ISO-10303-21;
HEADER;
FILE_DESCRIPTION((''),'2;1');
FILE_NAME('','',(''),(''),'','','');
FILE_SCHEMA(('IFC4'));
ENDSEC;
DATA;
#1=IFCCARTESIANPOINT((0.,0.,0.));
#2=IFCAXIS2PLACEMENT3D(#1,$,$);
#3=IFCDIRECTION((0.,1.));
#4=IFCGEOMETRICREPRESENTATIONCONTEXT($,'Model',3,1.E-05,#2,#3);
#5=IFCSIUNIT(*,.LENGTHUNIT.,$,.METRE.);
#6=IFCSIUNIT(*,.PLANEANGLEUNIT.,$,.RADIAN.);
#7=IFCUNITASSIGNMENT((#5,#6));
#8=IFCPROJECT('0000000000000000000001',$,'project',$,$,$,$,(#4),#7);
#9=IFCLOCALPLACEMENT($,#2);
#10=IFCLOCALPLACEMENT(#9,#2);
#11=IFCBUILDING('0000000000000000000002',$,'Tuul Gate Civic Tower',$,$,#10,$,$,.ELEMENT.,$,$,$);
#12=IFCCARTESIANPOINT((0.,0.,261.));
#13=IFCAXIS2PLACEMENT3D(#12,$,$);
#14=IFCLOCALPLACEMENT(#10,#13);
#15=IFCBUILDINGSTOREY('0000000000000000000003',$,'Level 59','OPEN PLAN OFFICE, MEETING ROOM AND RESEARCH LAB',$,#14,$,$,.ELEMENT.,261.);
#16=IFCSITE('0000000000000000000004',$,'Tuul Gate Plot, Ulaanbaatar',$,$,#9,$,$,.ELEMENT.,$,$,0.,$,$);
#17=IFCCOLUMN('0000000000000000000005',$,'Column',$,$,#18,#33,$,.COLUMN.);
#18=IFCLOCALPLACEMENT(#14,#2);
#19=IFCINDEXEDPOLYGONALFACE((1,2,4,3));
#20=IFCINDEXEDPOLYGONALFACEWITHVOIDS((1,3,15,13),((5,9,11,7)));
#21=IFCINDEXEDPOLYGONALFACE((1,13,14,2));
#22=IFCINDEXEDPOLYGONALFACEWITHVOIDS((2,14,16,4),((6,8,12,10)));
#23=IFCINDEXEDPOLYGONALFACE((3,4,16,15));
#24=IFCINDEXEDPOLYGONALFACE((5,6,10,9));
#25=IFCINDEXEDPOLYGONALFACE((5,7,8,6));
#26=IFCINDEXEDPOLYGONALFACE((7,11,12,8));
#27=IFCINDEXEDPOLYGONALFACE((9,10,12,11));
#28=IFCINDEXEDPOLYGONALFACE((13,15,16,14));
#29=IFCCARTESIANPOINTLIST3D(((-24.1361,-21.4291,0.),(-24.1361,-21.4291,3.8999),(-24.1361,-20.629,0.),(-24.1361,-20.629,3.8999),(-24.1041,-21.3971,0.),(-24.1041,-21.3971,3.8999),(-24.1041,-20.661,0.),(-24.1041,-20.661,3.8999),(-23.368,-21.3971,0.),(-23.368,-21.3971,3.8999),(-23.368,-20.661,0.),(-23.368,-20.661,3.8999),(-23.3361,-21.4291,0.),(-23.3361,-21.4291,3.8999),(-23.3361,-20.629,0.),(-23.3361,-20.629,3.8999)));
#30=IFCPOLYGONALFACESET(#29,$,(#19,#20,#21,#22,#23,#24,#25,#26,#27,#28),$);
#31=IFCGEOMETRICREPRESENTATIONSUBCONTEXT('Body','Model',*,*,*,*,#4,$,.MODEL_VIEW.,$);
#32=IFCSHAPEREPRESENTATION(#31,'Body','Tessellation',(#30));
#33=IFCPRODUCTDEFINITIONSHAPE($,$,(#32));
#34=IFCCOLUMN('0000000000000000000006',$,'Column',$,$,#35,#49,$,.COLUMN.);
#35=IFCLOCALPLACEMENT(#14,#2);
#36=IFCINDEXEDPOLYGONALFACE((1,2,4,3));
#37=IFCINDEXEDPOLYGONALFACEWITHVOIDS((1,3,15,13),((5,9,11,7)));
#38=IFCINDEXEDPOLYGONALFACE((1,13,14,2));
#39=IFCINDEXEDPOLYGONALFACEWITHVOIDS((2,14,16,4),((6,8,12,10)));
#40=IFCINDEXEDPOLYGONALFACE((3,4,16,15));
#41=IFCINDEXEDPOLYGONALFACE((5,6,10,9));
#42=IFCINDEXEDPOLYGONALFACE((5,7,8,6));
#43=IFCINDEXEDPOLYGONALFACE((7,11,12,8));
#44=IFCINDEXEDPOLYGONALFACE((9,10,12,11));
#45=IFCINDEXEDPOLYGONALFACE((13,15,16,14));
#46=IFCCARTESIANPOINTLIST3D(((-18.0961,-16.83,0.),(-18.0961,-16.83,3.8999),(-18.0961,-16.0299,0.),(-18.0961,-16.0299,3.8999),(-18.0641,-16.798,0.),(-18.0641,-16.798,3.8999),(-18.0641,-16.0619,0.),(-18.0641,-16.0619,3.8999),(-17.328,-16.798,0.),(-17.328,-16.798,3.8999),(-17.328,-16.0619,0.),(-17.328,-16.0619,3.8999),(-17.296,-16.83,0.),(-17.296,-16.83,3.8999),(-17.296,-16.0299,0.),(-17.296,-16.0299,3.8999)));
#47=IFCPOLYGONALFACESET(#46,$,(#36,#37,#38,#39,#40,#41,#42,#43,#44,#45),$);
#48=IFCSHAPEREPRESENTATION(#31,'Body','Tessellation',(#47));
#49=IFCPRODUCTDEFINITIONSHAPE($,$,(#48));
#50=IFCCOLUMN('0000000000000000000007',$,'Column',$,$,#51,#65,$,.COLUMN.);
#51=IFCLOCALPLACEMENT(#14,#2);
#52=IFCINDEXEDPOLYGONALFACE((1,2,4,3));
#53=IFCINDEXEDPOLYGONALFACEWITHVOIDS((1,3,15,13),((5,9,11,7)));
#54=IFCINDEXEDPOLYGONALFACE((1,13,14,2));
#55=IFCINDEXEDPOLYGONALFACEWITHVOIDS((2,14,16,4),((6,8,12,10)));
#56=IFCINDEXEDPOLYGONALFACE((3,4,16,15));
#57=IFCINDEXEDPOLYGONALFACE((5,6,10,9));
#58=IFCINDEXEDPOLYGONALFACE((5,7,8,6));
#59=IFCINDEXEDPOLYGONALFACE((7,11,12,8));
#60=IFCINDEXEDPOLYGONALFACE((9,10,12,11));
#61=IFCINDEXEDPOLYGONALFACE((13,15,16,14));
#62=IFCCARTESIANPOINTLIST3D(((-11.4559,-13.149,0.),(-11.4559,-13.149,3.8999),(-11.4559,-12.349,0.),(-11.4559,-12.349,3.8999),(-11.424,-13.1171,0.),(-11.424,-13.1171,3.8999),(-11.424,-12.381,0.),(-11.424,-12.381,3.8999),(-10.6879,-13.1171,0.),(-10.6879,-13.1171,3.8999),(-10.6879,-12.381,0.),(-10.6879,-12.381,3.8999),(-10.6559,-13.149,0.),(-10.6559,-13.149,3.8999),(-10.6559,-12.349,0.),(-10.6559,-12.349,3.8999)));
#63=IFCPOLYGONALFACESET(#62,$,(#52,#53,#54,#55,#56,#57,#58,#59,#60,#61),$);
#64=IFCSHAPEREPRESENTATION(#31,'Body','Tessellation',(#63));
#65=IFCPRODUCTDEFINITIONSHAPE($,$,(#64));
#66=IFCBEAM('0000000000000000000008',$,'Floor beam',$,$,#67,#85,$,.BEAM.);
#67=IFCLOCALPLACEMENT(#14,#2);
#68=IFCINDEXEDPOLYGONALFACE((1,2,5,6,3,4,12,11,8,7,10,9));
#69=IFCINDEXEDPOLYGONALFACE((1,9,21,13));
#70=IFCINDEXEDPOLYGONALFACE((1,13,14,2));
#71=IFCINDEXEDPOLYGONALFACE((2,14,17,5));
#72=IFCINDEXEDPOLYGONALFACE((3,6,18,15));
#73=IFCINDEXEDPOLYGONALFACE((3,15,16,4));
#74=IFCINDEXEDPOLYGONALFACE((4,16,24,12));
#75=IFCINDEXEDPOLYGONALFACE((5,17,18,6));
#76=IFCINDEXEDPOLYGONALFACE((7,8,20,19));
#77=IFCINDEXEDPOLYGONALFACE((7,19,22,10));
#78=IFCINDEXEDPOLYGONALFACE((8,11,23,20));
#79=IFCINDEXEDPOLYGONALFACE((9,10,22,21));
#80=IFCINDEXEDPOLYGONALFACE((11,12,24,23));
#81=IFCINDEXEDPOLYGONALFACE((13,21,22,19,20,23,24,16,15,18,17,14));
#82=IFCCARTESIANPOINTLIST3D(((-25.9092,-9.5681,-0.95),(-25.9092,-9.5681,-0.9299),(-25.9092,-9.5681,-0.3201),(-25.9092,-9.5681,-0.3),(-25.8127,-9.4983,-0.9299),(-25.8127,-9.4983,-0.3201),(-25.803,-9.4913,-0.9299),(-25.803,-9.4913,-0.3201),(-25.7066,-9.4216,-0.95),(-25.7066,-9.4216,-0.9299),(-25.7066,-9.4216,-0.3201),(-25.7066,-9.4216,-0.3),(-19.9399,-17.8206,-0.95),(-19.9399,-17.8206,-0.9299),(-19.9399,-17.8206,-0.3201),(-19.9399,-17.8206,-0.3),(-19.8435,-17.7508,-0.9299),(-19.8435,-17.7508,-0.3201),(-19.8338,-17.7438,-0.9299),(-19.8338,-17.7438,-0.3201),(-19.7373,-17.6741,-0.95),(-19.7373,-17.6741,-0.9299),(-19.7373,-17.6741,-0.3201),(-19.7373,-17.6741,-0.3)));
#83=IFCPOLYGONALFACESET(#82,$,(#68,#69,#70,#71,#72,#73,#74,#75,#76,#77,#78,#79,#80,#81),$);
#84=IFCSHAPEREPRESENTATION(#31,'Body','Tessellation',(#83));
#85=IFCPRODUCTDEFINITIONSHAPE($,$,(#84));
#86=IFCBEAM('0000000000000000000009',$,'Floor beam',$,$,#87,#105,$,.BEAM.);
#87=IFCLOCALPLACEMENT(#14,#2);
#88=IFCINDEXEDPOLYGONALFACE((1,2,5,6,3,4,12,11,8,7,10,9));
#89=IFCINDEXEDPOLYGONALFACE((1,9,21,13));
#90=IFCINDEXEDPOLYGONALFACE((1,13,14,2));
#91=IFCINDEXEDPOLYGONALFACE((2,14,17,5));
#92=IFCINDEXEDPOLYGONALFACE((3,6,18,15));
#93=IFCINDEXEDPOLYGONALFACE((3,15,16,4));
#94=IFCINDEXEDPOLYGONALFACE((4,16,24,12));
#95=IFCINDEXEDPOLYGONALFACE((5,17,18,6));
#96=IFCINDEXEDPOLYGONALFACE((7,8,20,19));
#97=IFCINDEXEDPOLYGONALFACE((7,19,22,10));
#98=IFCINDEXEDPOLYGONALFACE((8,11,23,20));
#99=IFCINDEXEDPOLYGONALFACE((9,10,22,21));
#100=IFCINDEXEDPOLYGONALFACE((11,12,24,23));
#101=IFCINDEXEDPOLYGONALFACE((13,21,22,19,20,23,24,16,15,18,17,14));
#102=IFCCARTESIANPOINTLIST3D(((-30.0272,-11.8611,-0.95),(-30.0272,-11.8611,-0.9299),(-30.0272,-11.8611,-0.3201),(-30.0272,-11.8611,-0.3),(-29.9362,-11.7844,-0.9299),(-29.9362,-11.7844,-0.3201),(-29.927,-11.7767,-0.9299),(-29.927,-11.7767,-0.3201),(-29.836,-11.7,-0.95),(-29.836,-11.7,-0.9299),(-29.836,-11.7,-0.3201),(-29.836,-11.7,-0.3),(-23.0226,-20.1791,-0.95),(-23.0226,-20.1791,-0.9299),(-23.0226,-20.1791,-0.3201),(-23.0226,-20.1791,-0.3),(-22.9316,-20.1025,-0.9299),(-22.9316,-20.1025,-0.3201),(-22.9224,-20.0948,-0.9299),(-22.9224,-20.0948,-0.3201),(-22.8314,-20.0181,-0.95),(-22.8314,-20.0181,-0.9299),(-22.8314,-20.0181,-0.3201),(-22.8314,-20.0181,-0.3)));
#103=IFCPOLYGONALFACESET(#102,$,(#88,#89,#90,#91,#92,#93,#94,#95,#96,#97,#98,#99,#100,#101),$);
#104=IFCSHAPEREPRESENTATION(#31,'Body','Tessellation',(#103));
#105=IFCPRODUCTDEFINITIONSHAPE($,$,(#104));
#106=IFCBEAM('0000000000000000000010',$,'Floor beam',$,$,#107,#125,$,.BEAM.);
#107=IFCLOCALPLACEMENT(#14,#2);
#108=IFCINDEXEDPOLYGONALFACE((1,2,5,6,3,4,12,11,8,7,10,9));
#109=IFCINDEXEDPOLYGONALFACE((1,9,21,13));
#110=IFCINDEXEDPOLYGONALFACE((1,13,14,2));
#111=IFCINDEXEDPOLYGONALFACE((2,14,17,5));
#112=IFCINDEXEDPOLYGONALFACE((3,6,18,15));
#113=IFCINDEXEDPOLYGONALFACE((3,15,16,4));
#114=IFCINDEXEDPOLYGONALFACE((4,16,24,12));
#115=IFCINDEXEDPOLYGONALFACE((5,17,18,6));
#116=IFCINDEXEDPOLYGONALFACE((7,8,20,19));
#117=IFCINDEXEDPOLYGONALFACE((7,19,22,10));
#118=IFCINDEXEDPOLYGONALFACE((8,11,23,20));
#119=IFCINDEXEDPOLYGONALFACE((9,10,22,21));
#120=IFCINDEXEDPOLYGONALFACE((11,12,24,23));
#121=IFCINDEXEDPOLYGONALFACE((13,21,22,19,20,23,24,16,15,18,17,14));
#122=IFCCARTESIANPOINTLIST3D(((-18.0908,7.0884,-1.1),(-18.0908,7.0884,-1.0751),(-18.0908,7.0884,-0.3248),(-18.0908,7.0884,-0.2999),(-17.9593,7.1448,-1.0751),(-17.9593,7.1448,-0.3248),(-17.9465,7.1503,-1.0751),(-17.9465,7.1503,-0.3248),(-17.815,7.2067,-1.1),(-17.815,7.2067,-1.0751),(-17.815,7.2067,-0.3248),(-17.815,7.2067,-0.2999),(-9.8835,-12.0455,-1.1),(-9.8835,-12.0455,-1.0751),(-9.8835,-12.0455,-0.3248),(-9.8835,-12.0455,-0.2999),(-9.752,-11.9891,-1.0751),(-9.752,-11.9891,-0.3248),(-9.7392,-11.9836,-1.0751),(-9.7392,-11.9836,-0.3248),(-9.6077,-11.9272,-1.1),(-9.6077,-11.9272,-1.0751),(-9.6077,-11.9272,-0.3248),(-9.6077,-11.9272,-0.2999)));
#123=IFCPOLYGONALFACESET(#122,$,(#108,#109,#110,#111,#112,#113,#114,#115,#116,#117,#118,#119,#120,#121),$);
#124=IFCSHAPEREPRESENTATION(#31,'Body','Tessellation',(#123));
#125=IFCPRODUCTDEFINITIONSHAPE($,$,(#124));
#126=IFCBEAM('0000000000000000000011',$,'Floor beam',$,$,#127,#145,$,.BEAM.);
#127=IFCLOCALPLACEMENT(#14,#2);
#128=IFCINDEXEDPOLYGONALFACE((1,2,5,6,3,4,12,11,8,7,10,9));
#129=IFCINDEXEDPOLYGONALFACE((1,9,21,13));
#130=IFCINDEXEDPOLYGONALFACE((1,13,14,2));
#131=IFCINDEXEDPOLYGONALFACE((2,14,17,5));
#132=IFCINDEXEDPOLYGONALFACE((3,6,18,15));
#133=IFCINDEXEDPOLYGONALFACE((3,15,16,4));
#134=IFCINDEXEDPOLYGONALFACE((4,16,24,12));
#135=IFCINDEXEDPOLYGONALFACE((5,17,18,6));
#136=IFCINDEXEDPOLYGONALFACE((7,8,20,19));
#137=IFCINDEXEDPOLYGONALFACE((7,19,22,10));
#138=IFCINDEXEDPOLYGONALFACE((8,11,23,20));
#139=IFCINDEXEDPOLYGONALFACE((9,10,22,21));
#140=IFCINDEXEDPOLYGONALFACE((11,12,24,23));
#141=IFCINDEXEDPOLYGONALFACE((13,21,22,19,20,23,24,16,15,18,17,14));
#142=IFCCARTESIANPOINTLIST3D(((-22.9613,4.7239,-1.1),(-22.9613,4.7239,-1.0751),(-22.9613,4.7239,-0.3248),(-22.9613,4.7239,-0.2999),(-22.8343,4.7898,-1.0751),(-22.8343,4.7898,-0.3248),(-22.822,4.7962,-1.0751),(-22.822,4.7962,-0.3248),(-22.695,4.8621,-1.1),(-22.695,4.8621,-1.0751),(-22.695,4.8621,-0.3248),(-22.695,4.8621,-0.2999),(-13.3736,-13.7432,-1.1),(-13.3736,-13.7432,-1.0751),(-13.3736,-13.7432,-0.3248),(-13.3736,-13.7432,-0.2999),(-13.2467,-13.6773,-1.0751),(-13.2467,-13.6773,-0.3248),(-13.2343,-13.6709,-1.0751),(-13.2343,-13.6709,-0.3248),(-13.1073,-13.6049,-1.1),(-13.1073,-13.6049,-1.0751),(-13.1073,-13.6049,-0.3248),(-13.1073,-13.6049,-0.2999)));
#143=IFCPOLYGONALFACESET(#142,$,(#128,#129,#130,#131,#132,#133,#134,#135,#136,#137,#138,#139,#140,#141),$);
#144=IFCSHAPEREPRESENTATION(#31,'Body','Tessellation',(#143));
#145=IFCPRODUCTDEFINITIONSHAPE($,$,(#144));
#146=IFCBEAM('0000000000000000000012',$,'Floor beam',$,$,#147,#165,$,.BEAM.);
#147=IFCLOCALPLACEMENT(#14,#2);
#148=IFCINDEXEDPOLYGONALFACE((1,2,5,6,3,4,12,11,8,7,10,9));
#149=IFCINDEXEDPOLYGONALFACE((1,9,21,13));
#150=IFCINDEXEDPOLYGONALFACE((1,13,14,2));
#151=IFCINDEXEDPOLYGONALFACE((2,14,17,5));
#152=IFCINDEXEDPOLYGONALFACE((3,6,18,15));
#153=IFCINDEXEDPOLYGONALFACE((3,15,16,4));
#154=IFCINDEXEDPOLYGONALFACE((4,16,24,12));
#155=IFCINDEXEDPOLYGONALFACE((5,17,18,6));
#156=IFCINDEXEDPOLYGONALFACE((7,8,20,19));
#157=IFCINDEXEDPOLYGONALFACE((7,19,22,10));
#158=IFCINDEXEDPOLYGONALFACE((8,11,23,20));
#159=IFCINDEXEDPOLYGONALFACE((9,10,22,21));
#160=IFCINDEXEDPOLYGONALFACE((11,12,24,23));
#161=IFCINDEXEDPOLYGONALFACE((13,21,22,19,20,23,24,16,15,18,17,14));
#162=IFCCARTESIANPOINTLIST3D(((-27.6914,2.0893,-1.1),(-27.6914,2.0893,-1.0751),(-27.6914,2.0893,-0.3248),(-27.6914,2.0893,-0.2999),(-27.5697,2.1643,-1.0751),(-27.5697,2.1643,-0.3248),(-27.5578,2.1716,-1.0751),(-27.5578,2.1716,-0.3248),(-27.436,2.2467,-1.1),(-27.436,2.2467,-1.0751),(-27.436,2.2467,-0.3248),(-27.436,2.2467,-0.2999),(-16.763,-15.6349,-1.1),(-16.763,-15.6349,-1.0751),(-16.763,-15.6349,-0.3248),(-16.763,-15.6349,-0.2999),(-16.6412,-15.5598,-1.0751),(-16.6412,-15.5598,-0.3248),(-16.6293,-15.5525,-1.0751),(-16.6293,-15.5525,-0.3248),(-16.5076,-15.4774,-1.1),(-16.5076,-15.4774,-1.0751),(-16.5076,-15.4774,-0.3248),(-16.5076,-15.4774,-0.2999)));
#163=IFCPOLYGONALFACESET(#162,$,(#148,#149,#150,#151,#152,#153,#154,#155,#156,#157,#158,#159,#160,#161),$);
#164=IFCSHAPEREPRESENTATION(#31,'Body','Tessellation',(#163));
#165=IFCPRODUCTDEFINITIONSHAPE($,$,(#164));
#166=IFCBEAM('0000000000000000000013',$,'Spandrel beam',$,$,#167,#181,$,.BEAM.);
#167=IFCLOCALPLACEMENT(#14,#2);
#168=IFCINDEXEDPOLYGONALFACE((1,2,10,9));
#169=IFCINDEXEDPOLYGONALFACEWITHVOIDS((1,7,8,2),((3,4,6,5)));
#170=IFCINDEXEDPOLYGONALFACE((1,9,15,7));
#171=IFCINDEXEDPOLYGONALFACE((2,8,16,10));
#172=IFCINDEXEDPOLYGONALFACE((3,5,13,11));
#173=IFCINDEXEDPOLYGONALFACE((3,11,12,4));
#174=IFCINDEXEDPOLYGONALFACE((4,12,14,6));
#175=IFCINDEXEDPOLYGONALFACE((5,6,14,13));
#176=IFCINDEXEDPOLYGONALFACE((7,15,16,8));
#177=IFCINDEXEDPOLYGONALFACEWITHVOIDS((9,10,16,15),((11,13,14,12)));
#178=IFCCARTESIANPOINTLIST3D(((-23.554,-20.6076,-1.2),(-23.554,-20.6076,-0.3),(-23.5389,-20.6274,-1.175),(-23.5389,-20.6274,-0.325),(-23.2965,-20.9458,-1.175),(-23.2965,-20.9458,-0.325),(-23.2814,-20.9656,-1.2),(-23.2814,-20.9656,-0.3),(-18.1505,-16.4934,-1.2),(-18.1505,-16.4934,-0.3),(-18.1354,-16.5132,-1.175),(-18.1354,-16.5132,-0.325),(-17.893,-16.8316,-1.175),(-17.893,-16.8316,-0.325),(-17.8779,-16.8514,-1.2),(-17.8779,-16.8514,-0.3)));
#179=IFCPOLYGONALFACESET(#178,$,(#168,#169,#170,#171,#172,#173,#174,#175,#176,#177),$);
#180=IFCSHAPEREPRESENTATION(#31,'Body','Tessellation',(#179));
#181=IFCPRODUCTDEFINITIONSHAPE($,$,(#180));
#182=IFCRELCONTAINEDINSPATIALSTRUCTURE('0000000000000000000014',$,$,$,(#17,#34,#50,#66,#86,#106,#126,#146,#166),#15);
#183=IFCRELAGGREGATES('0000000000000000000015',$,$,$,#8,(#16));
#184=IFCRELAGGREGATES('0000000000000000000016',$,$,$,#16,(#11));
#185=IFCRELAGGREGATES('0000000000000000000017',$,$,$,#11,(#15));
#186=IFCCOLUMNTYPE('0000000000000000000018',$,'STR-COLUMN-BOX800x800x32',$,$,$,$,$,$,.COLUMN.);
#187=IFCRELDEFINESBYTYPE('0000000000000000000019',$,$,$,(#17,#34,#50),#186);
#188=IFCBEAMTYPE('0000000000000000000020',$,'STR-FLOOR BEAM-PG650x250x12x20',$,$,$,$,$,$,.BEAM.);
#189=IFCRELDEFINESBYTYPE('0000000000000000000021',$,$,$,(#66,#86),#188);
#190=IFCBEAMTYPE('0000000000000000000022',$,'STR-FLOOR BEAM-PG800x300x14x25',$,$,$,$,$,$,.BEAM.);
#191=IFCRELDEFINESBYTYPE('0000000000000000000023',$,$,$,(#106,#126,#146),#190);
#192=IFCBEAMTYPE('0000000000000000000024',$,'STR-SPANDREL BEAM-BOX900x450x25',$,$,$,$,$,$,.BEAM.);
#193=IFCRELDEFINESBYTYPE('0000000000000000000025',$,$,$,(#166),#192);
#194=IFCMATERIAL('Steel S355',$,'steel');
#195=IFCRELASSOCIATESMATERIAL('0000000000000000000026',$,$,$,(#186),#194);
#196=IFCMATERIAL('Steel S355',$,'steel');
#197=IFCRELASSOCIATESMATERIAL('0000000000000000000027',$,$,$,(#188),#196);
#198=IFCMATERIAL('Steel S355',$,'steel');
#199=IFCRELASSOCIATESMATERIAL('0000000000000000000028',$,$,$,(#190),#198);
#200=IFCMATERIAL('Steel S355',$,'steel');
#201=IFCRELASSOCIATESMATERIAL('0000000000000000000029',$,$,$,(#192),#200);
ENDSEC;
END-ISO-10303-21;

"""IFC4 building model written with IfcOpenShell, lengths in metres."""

from ifc_helpers import new_model, si_unit, direction, frame, origin, origin_2d, place, context, subcontext, project, spatial, hollow_rectangle, i_section, extrude, material, material_profile, profile_set, type_object, element, save


model = new_model("IFC4")

# Units and contexts
model_context = context("Model", 3, precision=1e-05, world=origin(), true_north=direction((0.0, 1.0)))
body_context = subcontext(model_context, "Body", "Model", "MODEL_VIEW")
ifc_project = project(units=[si_unit("LENGTHUNIT", "METRE"), si_unit("PLANEANGLEUNIT", "RADIAN")], contexts=[model_context])

# Site, building, storey
site_placement = place(None, origin())
site = spatial("IfcSite", under=ifc_project, at=site_placement, Name="Tuul Gate Plot, Ulaanbaatar", CompositionType="ELEMENT", RefElevation=0.0)
building_placement = place(site_placement, origin())
building = spatial("IfcBuilding", under=site, at=building_placement, Name="Tuul Gate Civic Tower", CompositionType="ELEMENT")
storey_placement = place(building_placement, frame((0.0, 0.0, 261.0)))
storey = spatial("IfcBuildingStorey", under=building, at=storey_placement, Name="Level 59", Description="OPEN PLAN OFFICE, MEETING ROOM AND RESEARCH LAB", CompositionType="ELEMENT", Elevation=261.0)

# Columns
ifc_material_1 = material(Name="Steel S355", Category="steel")
ifc_material_profile_1 = material_profile(ifc_material_1, hollow_rectangle(XDim=0.8, YDim=0.8, WallThickness=0.032, at=origin_2d()), Name="BOX800x800x32")
ifc_profile_set_1 = profile_set([ifc_material_profile_1], Name="Steel S355")
column_type = type_object("IfcColumnType", Name="STR-COLUMN-BOX800x800x32", PredefinedType="COLUMN", material=ifc_profile_set_1)
for number, where, z_axis, x_axis, name in (
    (1, (-23.7361, -21.0291, 0.0), (0.0, 0.0, 1.0), (1.0, 0.0, 0.0), "Column"),
    (2, (-17.696, -16.4299, 0.0), (0.0, 0.0, 1.0), (1.0, 0.0, 0.0), "Column"),
    (3, (-11.0559, -12.749, 0.0), (0.0, 0.0, 1.0), (1.0, 0.0, 0.0), "Column"),
):
    element("IfcColumn", number, at=place(storey_placement, frame(where, z_axis=z_axis, x_axis=x_axis)), inside=storey, type_object=column_type, Name=name, PredefinedType="COLUMN", context=body_context, shape_type="SweptSolid", body=[
        extrude(hollow_rectangle(XDim=0.8, YDim=0.8, WallThickness=0.032, at=origin_2d()), origin(), (0.0, 0.0, 1.0), 3.8999),
    ])

# Beams
ifc_material_2 = material(Name="Steel S355", Category="steel")
ifc_material_profile_2 = material_profile(ifc_material_2, i_section(OverallWidth=0.25, OverallDepth=0.6499, WebThickness=0.012, FlangeThickness=0.02, at=origin_2d()), Name="PG650x250x12x20")
ifc_profile_set_2 = profile_set([ifc_material_profile_2], Name="Steel S355")
beam_type_1 = type_object("IfcBeamType", Name="STR-FLOOR BEAM-PG650x250x12x20", PredefinedType="BEAM", material=ifc_profile_set_2)
beam_1_placement = place(storey_placement, frame((-19.8386, -17.7473, -0.625), z_axis=(-0.58608, 0.810253, 0.0), x_axis=(-0.810253, -0.58608, 0.0)))
element("IfcBeam", 4, at=beam_1_placement, inside=storey, type_object=beam_type_1, Name="Floor beam", PredefinedType="BEAM", context=body_context, shape_type="SweptSolid", body=[
    extrude(i_section(OverallWidth=0.25, OverallDepth=0.6499, WebThickness=0.012, FlangeThickness=0.02, at=origin_2d()), origin(), (0.0, 0.0, 1.0), 10.1851),
])
beam_2_placement = place(storey_placement, frame((-22.927, -20.0986, -0.625), z_axis=(-0.644131, 0.764915, 0.0), x_axis=(-0.764915, -0.644131, 0.0)))
element("IfcBeam", 5, at=beam_2_placement, inside=storey, type_object=beam_type_1, Name="Floor beam", PredefinedType="BEAM", context=body_context, shape_type="SweptSolid", body=[
    extrude(i_section(OverallWidth=0.25, OverallDepth=0.6499, WebThickness=0.012, FlangeThickness=0.02, at=origin_2d()), origin(), (0.0, 0.0, 1.0), 10.8745),
])
ifc_material_3 = material(Name="Steel S355", Category="steel")
ifc_material_profile_3 = material_profile(ifc_material_3, i_section(OverallWidth=0.3, OverallDepth=0.8, WebThickness=0.0139, FlangeThickness=0.0249, at=origin_2d()), Name="PG800x300x14x25")
ifc_profile_set_3 = profile_set([ifc_material_profile_3], Name="Steel S355")
beam_type_2 = type_object("IfcBeamType", Name="STR-FLOOR BEAM-PG800x300x14x25", PredefinedType="BEAM", material=ifc_profile_set_3)
beam_3_placement = place(storey_placement, frame((-9.7456, -11.9863, -0.7), z_axis=(-0.394207, 0.919022, 0.0), x_axis=(-0.919022, -0.394207, 0.0)))
element("IfcBeam", 6, at=beam_3_placement, inside=storey, type_object=beam_type_2, Name="Floor beam", PredefinedType="BEAM", context=body_context, shape_type="SweptSolid", body=[
    extrude(i_section(OverallWidth=0.3, OverallDepth=0.8, WebThickness=0.0139, FlangeThickness=0.0249, at=origin_2d()), origin(), (0.0, 0.0, 1.0), 20.8198),
])
beam_4_placement = place(storey_placement, frame((-13.2405, -13.6741, -0.7), z_axis=(-0.460777, 0.887516, 0.0), x_axis=(-0.887516, -0.460777, 0.0)))
element("IfcBeam", 7, at=beam_4_placement, inside=storey, type_object=beam_type_2, Name="Floor beam", PredefinedType="BEAM", context=body_context, shape_type="SweptSolid", body=[
    extrude(i_section(OverallWidth=0.3, OverallDepth=0.8, WebThickness=0.0139, FlangeThickness=0.0249, at=origin_2d()), origin(), (0.0, 0.0, 1.0), 20.8076),
])
beam_5_placement = place(storey_placement, frame((-16.6353, -15.5562, -0.7), z_axis=(-0.52484, 0.851201, 0.0), x_axis=(-0.851201, -0.52484, 0.0)))
element("IfcBeam", 8, at=beam_5_placement, inside=storey, type_object=beam_type_2, Name="Floor beam", PredefinedType="BEAM", context=body_context, shape_type="SweptSolid", body=[
    extrude(i_section(OverallWidth=0.3, OverallDepth=0.8, WebThickness=0.0139, FlangeThickness=0.0249, at=origin_2d()), origin(), (0.0, 0.0, 1.0), 20.8225),
])
ifc_material_4 = material(Name="Steel S355", Category="steel")
ifc_material_profile_4 = material_profile(ifc_material_4, hollow_rectangle(XDim=0.45, YDim=0.8999, WallThickness=0.0249, at=origin_2d()), Name="BOX900x450x25")
ifc_profile_set_4 = profile_set([ifc_material_profile_4], Name="Steel S355")
beam_type_3 = type_object("IfcBeamType", Name="STR-SPANDREL BEAM-BOX900x450x25", PredefinedType="BEAM", material=ifc_profile_set_4)
beam_6_placement = place(storey_placement, frame((-23.4177, -20.7866, -0.75), z_axis=(0.795626, 0.605788, 0.0), x_axis=(-0.605788, 0.795626, 0.0)))
element("IfcBeam", 9, at=beam_6_placement, inside=storey, type_object=beam_type_3, Name="Spandrel beam", PredefinedType="BEAM", context=body_context, shape_type="SweptSolid", body=[
    extrude(hollow_rectangle(XDim=0.45, YDim=0.8999, WallThickness=0.0249, at=origin_2d()), origin(), (0.0, 0.0, 1.0), 6.7915),
])

save(model, "model.ifc")
